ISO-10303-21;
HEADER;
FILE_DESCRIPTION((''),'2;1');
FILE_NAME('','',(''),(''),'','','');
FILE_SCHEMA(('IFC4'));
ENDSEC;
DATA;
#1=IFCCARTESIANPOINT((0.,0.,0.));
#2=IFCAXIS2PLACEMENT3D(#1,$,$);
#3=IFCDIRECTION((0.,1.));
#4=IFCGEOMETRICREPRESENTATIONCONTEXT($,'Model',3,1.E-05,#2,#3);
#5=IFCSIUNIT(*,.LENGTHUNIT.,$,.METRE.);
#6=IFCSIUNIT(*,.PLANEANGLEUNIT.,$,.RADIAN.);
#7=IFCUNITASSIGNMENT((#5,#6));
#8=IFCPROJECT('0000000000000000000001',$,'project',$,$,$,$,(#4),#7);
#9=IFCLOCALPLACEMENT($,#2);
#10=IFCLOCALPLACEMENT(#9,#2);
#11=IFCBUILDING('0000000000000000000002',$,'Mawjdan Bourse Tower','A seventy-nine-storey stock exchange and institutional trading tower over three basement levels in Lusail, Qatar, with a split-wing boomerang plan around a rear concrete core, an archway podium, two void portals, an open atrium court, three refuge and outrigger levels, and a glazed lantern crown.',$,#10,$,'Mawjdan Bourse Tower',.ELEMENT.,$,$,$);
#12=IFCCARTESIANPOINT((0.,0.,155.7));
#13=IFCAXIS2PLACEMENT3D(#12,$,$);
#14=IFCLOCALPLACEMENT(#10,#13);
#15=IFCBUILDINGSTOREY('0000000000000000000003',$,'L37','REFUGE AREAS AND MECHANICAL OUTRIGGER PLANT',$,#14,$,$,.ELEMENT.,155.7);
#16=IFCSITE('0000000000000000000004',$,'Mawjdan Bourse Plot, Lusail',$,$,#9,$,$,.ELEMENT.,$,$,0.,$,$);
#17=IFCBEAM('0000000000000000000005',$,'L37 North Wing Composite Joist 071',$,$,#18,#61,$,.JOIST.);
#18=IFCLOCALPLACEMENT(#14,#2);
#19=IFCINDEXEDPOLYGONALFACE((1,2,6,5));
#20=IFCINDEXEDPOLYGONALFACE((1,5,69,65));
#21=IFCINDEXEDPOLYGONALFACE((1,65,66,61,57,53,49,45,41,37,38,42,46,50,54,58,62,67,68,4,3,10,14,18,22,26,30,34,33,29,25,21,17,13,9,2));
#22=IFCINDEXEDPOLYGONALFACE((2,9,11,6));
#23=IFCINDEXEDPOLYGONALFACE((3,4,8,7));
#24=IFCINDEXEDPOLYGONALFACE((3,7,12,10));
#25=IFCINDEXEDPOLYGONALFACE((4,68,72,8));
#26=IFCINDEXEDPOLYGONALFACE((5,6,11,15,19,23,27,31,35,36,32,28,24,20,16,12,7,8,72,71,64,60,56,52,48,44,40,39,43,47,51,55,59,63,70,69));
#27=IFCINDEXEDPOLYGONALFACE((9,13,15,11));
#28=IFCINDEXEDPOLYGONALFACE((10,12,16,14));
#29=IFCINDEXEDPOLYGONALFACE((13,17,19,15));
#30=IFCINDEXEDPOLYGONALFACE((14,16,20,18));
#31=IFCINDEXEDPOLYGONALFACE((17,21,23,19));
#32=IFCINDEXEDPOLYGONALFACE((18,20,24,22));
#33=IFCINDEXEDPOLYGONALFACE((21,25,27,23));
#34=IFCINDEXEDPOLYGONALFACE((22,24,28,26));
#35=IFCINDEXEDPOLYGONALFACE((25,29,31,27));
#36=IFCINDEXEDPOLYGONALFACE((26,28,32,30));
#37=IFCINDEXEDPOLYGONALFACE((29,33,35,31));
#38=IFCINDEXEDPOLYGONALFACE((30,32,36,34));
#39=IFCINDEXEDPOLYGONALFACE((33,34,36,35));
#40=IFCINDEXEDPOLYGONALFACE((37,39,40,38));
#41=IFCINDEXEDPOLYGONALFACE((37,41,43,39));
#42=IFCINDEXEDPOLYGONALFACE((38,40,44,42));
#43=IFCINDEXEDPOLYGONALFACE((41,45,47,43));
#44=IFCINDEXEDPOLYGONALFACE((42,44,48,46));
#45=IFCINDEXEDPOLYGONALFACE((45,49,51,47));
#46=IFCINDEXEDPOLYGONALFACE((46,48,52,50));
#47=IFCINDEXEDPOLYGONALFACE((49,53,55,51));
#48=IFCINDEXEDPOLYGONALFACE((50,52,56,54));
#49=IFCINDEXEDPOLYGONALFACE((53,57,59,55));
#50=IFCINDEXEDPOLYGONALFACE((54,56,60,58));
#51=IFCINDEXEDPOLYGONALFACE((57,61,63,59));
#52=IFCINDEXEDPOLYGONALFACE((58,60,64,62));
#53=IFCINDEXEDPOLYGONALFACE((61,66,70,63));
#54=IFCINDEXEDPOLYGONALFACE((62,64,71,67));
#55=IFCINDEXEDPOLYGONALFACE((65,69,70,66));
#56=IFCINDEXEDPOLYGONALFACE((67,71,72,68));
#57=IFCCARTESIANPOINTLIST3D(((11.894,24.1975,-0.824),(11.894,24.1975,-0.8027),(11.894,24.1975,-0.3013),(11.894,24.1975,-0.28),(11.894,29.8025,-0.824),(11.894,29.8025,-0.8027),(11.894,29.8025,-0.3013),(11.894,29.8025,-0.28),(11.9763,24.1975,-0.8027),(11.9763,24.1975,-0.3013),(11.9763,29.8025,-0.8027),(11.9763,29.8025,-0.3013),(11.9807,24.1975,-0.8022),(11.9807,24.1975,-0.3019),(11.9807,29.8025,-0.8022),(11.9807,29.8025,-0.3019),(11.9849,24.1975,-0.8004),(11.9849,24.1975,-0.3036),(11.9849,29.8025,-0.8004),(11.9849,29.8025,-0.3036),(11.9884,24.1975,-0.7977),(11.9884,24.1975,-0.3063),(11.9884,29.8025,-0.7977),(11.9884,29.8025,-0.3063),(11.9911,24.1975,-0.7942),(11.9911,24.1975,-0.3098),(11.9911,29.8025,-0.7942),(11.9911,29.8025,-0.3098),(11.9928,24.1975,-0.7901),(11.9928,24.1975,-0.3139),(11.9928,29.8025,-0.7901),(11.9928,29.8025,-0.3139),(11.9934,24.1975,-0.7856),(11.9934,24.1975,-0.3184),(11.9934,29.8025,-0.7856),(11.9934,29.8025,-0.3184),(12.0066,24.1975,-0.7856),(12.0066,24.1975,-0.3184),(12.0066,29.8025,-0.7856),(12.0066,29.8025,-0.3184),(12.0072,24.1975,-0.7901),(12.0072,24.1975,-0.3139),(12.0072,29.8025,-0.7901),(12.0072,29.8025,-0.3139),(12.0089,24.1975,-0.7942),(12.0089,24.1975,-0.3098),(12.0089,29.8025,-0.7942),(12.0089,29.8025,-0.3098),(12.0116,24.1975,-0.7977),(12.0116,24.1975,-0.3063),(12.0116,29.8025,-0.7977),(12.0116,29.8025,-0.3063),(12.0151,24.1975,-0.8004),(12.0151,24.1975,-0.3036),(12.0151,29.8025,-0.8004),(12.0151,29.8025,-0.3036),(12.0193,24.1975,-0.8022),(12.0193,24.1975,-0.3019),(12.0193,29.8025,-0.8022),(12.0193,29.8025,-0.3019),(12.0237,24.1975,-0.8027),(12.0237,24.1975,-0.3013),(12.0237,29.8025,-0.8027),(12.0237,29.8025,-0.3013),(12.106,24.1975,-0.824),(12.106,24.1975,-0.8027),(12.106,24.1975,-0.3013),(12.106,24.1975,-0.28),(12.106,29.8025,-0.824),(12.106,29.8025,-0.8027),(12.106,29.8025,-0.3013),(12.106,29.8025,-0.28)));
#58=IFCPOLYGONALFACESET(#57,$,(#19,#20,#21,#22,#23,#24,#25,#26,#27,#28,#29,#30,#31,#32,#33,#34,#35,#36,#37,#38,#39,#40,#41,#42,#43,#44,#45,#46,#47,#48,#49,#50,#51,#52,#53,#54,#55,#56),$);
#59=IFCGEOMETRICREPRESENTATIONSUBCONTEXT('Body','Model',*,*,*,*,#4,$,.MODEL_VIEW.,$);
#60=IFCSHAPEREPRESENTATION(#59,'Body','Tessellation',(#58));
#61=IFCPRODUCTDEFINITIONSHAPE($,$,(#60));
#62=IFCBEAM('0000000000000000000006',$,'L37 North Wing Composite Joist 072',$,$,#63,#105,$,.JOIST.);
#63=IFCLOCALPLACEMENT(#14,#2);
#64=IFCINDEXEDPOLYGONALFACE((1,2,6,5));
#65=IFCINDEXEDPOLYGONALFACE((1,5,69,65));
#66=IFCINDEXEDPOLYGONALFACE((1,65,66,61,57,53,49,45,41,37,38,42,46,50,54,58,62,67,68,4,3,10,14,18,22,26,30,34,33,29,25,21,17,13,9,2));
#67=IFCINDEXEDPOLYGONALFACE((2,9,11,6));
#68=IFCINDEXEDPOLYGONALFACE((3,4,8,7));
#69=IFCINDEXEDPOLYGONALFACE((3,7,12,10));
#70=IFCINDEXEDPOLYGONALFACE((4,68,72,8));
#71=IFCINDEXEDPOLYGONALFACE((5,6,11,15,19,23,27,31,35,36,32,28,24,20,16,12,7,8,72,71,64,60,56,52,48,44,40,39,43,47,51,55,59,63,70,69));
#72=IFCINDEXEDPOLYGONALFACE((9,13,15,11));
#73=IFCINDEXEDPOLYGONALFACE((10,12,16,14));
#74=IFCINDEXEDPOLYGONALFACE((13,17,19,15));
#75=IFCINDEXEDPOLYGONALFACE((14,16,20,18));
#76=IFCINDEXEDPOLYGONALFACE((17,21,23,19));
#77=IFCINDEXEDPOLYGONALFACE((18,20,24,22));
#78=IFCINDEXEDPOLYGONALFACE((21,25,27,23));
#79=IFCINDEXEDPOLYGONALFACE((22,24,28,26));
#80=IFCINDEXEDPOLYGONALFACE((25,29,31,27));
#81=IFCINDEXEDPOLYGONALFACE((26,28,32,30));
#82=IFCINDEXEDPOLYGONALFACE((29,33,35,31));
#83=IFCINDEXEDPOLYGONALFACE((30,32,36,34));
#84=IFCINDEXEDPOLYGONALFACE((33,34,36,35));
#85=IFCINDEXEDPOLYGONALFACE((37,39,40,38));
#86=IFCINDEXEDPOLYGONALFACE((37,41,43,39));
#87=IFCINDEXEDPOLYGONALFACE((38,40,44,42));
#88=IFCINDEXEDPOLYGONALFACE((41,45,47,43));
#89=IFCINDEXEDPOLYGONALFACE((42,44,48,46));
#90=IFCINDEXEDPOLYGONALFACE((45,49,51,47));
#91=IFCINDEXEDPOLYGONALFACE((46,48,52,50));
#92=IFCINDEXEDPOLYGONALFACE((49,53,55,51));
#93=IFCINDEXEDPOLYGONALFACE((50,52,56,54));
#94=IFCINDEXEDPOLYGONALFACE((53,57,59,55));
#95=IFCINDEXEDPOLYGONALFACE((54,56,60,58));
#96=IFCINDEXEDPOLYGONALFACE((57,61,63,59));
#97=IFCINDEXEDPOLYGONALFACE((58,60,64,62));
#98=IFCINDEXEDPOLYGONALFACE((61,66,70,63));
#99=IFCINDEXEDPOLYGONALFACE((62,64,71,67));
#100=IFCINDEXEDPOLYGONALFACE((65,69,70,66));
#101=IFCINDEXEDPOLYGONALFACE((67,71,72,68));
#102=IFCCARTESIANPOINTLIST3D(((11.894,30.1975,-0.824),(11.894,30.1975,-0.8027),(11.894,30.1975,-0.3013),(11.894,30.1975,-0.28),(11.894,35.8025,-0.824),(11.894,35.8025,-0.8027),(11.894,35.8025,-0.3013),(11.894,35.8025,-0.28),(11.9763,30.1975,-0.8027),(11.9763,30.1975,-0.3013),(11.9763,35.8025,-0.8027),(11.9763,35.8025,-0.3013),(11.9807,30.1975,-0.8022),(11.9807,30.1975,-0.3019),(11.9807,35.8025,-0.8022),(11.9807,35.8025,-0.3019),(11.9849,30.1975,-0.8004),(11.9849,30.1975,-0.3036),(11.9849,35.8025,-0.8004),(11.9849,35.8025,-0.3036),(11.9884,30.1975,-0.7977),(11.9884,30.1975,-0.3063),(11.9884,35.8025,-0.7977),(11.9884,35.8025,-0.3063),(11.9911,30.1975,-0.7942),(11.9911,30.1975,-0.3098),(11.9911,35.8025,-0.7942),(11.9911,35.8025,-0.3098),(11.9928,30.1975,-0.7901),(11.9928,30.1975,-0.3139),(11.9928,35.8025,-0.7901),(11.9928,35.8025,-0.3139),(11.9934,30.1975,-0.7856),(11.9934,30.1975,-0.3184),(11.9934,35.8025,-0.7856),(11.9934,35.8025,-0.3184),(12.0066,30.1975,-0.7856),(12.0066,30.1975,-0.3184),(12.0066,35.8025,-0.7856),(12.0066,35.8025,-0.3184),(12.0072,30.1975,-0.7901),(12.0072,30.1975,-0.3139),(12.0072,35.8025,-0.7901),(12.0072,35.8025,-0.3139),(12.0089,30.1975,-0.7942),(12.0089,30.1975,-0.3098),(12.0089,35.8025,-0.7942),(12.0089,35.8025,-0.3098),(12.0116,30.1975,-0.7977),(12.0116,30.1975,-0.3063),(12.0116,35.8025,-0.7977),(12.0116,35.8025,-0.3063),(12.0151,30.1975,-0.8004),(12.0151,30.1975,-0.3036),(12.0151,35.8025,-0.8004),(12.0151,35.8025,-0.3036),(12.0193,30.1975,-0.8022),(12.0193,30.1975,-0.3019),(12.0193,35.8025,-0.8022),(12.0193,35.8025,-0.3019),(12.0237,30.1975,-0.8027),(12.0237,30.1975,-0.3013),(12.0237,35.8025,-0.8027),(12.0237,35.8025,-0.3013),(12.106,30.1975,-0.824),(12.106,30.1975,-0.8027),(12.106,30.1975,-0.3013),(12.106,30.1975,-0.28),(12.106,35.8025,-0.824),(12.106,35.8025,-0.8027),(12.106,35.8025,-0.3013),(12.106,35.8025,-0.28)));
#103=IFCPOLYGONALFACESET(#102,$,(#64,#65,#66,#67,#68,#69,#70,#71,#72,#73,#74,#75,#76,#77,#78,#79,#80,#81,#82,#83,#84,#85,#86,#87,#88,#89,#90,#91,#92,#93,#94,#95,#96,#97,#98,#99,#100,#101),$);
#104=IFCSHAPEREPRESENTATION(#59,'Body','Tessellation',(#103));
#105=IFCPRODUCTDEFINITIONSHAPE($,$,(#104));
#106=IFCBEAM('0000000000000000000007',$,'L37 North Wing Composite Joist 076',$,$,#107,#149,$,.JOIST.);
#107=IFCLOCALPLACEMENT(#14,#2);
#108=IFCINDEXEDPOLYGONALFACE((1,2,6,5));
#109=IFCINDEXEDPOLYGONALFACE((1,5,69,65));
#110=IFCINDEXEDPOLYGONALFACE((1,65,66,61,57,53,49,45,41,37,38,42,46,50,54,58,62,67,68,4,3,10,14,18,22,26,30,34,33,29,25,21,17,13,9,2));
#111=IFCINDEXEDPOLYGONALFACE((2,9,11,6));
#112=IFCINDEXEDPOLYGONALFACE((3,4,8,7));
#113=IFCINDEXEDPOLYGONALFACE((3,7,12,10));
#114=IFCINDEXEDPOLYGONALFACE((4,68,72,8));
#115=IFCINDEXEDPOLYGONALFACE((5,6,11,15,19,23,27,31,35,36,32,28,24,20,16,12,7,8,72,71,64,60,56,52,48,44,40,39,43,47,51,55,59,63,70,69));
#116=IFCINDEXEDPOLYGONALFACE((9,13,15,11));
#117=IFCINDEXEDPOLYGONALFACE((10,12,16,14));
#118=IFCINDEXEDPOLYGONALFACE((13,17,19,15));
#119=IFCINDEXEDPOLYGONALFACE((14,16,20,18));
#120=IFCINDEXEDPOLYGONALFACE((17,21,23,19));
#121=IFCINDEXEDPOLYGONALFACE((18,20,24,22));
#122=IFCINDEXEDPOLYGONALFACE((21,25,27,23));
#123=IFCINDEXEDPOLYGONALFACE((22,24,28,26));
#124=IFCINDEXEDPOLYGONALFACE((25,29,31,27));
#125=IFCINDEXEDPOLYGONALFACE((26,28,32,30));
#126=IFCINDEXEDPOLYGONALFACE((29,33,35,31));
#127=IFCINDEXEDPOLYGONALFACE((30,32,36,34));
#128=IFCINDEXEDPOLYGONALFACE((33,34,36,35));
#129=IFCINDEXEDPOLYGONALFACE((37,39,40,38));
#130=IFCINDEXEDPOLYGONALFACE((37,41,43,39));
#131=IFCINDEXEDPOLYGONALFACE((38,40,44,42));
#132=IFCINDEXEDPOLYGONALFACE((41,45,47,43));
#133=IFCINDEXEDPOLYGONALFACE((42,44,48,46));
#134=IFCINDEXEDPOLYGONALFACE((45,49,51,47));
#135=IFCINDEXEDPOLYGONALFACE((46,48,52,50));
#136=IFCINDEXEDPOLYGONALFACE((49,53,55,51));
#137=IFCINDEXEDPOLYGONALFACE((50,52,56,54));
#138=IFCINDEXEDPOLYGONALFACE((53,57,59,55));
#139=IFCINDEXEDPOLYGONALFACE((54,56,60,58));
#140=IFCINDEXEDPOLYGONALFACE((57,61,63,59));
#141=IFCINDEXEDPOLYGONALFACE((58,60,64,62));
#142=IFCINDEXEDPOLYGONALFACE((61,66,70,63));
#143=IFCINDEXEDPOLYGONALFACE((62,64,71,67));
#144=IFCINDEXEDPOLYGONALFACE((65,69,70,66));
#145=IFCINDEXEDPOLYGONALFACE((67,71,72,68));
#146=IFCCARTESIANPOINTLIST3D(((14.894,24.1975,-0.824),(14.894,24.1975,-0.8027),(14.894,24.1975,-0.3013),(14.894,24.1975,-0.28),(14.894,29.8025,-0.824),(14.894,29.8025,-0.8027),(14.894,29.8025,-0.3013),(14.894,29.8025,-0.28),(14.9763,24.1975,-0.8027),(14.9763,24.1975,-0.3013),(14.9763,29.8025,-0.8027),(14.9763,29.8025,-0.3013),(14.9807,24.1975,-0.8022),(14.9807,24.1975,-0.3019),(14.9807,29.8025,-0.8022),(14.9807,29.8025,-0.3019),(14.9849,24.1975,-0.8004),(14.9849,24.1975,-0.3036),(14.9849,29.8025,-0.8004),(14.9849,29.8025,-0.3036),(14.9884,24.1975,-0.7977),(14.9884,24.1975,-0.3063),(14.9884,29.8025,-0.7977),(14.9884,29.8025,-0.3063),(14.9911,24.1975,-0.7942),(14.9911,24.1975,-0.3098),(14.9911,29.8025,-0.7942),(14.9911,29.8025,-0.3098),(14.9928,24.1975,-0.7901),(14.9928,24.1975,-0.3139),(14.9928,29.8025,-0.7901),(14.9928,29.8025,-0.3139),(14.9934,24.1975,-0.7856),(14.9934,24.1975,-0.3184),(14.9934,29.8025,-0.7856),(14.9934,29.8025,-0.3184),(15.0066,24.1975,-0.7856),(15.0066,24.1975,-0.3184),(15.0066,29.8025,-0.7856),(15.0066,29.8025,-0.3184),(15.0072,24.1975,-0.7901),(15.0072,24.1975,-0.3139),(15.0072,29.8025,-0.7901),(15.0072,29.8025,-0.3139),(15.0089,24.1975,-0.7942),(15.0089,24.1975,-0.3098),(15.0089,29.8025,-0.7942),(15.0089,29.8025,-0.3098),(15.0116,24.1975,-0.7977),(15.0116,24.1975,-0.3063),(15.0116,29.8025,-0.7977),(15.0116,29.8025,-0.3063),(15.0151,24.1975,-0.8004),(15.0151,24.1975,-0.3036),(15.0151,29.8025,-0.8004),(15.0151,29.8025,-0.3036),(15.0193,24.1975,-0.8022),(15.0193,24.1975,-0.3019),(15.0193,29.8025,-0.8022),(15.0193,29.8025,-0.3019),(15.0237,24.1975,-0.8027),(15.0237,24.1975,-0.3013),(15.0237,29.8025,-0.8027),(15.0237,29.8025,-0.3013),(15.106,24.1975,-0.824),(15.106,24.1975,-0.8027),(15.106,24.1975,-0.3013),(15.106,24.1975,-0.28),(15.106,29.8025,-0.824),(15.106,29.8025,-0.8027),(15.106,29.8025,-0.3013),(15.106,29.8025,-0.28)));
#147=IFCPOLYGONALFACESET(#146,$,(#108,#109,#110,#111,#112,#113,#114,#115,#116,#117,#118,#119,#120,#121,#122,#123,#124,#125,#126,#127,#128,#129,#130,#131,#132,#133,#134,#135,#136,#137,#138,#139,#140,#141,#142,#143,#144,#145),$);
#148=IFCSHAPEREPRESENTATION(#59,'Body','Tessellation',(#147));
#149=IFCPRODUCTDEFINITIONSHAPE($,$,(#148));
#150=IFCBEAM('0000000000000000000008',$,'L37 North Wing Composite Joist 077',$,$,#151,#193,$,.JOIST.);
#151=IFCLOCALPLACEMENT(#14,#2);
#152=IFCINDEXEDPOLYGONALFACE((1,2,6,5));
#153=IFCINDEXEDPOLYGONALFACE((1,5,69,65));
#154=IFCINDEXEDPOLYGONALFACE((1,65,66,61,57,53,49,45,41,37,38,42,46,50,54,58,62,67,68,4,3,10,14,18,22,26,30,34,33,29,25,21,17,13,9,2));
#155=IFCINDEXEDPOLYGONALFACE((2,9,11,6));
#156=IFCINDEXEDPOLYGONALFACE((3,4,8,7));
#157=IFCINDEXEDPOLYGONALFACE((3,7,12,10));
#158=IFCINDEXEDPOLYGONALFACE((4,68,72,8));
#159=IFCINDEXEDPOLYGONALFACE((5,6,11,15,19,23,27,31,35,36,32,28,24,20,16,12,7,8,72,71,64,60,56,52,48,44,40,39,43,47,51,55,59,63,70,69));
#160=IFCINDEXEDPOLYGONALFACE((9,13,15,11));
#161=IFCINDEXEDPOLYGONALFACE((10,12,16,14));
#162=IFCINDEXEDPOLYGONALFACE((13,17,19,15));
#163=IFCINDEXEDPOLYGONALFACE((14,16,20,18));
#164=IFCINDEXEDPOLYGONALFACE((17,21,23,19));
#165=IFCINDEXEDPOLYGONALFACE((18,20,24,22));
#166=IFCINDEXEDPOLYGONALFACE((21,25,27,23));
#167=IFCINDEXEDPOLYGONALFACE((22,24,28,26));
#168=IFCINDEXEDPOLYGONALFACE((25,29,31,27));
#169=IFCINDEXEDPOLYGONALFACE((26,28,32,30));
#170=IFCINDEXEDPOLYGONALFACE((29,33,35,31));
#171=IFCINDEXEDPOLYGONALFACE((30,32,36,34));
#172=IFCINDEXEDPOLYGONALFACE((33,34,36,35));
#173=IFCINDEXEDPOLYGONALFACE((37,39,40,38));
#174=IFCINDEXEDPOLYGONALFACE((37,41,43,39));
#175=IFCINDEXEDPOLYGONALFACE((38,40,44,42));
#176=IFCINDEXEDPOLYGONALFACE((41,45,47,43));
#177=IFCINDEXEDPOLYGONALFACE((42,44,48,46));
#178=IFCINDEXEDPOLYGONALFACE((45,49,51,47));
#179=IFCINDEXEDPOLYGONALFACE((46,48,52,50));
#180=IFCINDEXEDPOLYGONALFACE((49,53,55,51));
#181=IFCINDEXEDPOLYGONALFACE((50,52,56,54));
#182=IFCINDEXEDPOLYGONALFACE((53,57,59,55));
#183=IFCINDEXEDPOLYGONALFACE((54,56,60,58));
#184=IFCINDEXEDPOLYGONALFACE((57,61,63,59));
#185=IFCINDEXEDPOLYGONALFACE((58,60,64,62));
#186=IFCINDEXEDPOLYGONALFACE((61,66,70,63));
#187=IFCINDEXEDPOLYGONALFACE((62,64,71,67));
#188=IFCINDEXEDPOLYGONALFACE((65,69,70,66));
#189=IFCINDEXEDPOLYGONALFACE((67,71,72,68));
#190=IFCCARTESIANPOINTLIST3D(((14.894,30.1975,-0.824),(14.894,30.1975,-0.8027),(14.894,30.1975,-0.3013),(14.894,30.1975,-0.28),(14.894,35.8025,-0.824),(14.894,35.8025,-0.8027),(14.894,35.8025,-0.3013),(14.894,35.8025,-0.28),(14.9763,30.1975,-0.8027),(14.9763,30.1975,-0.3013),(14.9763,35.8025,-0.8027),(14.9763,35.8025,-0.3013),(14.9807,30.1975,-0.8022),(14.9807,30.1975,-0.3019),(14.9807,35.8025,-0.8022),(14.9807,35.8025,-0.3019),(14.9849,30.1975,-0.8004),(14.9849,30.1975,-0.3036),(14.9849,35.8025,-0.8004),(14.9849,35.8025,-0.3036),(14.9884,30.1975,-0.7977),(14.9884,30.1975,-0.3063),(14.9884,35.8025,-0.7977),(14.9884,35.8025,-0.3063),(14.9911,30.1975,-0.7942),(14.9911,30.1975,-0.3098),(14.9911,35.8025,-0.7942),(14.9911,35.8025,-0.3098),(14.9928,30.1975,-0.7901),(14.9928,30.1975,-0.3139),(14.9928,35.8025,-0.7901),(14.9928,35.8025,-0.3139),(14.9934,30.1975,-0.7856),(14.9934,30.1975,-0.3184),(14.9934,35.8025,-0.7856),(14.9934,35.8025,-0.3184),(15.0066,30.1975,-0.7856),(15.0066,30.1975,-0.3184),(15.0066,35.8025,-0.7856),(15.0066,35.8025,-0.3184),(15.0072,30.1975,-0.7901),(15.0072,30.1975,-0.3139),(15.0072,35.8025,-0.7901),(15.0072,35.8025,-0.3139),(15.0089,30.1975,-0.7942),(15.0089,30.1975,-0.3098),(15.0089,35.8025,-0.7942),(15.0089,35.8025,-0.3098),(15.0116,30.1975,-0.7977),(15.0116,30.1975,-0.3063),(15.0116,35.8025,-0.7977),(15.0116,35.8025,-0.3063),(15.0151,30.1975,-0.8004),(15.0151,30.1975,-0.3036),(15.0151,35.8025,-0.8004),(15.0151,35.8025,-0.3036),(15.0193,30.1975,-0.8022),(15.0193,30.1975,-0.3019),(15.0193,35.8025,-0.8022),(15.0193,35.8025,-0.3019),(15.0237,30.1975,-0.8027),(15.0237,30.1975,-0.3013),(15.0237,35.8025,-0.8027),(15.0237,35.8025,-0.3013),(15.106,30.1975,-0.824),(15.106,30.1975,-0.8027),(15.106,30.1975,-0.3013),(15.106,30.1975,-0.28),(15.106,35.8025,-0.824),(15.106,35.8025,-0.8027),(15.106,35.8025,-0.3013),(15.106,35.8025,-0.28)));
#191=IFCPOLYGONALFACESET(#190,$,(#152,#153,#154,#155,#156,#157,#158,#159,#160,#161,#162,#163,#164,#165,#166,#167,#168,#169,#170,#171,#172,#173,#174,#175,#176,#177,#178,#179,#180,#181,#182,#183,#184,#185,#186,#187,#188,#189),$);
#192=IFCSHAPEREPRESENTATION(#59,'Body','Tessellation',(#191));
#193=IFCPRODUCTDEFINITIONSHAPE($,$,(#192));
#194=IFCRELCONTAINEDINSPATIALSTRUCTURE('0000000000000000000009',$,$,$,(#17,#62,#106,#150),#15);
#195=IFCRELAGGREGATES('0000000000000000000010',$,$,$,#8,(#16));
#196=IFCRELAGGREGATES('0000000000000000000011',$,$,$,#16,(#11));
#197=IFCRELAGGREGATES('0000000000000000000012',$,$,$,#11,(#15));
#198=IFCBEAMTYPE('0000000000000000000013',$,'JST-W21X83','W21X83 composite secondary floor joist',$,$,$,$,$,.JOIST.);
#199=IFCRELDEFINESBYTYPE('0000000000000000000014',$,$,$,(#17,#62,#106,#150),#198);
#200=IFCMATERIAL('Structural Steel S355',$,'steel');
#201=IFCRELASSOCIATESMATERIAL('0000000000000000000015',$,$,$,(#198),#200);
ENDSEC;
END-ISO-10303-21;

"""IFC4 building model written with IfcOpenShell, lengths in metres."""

from ifc_helpers import new_model, si_unit, direction, frame, origin, origin_2d, place, context, subcontext, project, spatial, i_section, extrude, material, material_profile, profile_set, type_object, element, save


model = new_model("IFC4")

# Units and contexts
model_context = context("Model", 3, precision=1e-05, world=origin(), true_north=direction((0.0, 1.0)))
body_context = subcontext(model_context, "Body", "Model", "MODEL_VIEW")
ifc_project = project(units=[si_unit("LENGTHUNIT", "METRE"), si_unit("PLANEANGLEUNIT", "RADIAN")], contexts=[model_context])

# Site, building, storey
site_placement = place(None, origin())
site = spatial("IfcSite", under=ifc_project, at=site_placement, Name="Mawjdan Bourse Plot, Lusail", CompositionType="ELEMENT", RefElevation=0.0)
building_placement = place(site_placement, origin())
building = spatial("IfcBuilding", under=site, at=building_placement, Name="Mawjdan Bourse Tower", Description="A seventy-nine-storey stock exchange and institutional trading tower over three basement levels in Lusail, Qatar, with a split-wing boomerang plan around a rear concrete core, an archway podium, two void portals, an open atrium court, three refuge and outrigger levels, and a glazed lantern crown.", LongName="Mawjdan Bourse Tower", CompositionType="ELEMENT")
storey_placement = place(building_placement, frame((0.0, 0.0, 155.7)))
storey = spatial("IfcBuildingStorey", under=building, at=storey_placement, Name="L37", Description="REFUGE AREAS AND MECHANICAL OUTRIGGER PLANT", CompositionType="ELEMENT", Elevation=155.7)

# Beams
ifc_material_1 = material(Name="Structural Steel S355", Category="steel")
ifc_material_profile_1 = material_profile(ifc_material_1, i_section(OverallWidth=0.2119, OverallDepth=0.5439, WebThickness=0.0132, FlangeThickness=0.0212, FilletRadius=0.0171, at=origin_2d()), Name="W21X83")
ifc_profile_set_1 = profile_set([ifc_material_profile_1], Name="Structural Steel S355")
beam_type_1 = type_object("IfcBeamType", Name="JST-W21X83", Description="W21X83 composite secondary floor joist", PredefinedType="JOIST", material=ifc_profile_set_1)
for number, where, z_axis, x_axis, name in (
    (1, (12.0, 24.1975, -0.552), (0.0, 1.0, 0.0), (-1.0, 0.0, 0.0), "L37 North Wing Composite Joist 071"),
    (2, (12.0, 30.1975, -0.552), (0.0, 1.0, 0.0), (-1.0, 0.0, 0.0), "L37 North Wing Composite Joist 072"),
    (3, (15.0, 24.1975, -0.552), (0.0, 1.0, 0.0), (-1.0, 0.0, 0.0), "L37 North Wing Composite Joist 076"),
    (4, (15.0, 30.1975, -0.552), (0.0, 1.0, 0.0), (-1.0, 0.0, 0.0), "L37 North Wing Composite Joist 077"),
):
    element("IfcBeam", number, at=place(storey_placement, frame(where, z_axis=z_axis, x_axis=x_axis)), inside=storey, type_object=beam_type_1, Name=name, PredefinedType="JOIST", context=body_context, shape_type="SweptSolid", body=[
        extrude(i_section(OverallWidth=0.2119, OverallDepth=0.5439, WebThickness=0.0132, FlangeThickness=0.0212, FilletRadius=0.0171, at=origin_2d()), origin(), (0.0, 0.0, 1.0), 5.605),
    ])

save(model, "model.ifc")
